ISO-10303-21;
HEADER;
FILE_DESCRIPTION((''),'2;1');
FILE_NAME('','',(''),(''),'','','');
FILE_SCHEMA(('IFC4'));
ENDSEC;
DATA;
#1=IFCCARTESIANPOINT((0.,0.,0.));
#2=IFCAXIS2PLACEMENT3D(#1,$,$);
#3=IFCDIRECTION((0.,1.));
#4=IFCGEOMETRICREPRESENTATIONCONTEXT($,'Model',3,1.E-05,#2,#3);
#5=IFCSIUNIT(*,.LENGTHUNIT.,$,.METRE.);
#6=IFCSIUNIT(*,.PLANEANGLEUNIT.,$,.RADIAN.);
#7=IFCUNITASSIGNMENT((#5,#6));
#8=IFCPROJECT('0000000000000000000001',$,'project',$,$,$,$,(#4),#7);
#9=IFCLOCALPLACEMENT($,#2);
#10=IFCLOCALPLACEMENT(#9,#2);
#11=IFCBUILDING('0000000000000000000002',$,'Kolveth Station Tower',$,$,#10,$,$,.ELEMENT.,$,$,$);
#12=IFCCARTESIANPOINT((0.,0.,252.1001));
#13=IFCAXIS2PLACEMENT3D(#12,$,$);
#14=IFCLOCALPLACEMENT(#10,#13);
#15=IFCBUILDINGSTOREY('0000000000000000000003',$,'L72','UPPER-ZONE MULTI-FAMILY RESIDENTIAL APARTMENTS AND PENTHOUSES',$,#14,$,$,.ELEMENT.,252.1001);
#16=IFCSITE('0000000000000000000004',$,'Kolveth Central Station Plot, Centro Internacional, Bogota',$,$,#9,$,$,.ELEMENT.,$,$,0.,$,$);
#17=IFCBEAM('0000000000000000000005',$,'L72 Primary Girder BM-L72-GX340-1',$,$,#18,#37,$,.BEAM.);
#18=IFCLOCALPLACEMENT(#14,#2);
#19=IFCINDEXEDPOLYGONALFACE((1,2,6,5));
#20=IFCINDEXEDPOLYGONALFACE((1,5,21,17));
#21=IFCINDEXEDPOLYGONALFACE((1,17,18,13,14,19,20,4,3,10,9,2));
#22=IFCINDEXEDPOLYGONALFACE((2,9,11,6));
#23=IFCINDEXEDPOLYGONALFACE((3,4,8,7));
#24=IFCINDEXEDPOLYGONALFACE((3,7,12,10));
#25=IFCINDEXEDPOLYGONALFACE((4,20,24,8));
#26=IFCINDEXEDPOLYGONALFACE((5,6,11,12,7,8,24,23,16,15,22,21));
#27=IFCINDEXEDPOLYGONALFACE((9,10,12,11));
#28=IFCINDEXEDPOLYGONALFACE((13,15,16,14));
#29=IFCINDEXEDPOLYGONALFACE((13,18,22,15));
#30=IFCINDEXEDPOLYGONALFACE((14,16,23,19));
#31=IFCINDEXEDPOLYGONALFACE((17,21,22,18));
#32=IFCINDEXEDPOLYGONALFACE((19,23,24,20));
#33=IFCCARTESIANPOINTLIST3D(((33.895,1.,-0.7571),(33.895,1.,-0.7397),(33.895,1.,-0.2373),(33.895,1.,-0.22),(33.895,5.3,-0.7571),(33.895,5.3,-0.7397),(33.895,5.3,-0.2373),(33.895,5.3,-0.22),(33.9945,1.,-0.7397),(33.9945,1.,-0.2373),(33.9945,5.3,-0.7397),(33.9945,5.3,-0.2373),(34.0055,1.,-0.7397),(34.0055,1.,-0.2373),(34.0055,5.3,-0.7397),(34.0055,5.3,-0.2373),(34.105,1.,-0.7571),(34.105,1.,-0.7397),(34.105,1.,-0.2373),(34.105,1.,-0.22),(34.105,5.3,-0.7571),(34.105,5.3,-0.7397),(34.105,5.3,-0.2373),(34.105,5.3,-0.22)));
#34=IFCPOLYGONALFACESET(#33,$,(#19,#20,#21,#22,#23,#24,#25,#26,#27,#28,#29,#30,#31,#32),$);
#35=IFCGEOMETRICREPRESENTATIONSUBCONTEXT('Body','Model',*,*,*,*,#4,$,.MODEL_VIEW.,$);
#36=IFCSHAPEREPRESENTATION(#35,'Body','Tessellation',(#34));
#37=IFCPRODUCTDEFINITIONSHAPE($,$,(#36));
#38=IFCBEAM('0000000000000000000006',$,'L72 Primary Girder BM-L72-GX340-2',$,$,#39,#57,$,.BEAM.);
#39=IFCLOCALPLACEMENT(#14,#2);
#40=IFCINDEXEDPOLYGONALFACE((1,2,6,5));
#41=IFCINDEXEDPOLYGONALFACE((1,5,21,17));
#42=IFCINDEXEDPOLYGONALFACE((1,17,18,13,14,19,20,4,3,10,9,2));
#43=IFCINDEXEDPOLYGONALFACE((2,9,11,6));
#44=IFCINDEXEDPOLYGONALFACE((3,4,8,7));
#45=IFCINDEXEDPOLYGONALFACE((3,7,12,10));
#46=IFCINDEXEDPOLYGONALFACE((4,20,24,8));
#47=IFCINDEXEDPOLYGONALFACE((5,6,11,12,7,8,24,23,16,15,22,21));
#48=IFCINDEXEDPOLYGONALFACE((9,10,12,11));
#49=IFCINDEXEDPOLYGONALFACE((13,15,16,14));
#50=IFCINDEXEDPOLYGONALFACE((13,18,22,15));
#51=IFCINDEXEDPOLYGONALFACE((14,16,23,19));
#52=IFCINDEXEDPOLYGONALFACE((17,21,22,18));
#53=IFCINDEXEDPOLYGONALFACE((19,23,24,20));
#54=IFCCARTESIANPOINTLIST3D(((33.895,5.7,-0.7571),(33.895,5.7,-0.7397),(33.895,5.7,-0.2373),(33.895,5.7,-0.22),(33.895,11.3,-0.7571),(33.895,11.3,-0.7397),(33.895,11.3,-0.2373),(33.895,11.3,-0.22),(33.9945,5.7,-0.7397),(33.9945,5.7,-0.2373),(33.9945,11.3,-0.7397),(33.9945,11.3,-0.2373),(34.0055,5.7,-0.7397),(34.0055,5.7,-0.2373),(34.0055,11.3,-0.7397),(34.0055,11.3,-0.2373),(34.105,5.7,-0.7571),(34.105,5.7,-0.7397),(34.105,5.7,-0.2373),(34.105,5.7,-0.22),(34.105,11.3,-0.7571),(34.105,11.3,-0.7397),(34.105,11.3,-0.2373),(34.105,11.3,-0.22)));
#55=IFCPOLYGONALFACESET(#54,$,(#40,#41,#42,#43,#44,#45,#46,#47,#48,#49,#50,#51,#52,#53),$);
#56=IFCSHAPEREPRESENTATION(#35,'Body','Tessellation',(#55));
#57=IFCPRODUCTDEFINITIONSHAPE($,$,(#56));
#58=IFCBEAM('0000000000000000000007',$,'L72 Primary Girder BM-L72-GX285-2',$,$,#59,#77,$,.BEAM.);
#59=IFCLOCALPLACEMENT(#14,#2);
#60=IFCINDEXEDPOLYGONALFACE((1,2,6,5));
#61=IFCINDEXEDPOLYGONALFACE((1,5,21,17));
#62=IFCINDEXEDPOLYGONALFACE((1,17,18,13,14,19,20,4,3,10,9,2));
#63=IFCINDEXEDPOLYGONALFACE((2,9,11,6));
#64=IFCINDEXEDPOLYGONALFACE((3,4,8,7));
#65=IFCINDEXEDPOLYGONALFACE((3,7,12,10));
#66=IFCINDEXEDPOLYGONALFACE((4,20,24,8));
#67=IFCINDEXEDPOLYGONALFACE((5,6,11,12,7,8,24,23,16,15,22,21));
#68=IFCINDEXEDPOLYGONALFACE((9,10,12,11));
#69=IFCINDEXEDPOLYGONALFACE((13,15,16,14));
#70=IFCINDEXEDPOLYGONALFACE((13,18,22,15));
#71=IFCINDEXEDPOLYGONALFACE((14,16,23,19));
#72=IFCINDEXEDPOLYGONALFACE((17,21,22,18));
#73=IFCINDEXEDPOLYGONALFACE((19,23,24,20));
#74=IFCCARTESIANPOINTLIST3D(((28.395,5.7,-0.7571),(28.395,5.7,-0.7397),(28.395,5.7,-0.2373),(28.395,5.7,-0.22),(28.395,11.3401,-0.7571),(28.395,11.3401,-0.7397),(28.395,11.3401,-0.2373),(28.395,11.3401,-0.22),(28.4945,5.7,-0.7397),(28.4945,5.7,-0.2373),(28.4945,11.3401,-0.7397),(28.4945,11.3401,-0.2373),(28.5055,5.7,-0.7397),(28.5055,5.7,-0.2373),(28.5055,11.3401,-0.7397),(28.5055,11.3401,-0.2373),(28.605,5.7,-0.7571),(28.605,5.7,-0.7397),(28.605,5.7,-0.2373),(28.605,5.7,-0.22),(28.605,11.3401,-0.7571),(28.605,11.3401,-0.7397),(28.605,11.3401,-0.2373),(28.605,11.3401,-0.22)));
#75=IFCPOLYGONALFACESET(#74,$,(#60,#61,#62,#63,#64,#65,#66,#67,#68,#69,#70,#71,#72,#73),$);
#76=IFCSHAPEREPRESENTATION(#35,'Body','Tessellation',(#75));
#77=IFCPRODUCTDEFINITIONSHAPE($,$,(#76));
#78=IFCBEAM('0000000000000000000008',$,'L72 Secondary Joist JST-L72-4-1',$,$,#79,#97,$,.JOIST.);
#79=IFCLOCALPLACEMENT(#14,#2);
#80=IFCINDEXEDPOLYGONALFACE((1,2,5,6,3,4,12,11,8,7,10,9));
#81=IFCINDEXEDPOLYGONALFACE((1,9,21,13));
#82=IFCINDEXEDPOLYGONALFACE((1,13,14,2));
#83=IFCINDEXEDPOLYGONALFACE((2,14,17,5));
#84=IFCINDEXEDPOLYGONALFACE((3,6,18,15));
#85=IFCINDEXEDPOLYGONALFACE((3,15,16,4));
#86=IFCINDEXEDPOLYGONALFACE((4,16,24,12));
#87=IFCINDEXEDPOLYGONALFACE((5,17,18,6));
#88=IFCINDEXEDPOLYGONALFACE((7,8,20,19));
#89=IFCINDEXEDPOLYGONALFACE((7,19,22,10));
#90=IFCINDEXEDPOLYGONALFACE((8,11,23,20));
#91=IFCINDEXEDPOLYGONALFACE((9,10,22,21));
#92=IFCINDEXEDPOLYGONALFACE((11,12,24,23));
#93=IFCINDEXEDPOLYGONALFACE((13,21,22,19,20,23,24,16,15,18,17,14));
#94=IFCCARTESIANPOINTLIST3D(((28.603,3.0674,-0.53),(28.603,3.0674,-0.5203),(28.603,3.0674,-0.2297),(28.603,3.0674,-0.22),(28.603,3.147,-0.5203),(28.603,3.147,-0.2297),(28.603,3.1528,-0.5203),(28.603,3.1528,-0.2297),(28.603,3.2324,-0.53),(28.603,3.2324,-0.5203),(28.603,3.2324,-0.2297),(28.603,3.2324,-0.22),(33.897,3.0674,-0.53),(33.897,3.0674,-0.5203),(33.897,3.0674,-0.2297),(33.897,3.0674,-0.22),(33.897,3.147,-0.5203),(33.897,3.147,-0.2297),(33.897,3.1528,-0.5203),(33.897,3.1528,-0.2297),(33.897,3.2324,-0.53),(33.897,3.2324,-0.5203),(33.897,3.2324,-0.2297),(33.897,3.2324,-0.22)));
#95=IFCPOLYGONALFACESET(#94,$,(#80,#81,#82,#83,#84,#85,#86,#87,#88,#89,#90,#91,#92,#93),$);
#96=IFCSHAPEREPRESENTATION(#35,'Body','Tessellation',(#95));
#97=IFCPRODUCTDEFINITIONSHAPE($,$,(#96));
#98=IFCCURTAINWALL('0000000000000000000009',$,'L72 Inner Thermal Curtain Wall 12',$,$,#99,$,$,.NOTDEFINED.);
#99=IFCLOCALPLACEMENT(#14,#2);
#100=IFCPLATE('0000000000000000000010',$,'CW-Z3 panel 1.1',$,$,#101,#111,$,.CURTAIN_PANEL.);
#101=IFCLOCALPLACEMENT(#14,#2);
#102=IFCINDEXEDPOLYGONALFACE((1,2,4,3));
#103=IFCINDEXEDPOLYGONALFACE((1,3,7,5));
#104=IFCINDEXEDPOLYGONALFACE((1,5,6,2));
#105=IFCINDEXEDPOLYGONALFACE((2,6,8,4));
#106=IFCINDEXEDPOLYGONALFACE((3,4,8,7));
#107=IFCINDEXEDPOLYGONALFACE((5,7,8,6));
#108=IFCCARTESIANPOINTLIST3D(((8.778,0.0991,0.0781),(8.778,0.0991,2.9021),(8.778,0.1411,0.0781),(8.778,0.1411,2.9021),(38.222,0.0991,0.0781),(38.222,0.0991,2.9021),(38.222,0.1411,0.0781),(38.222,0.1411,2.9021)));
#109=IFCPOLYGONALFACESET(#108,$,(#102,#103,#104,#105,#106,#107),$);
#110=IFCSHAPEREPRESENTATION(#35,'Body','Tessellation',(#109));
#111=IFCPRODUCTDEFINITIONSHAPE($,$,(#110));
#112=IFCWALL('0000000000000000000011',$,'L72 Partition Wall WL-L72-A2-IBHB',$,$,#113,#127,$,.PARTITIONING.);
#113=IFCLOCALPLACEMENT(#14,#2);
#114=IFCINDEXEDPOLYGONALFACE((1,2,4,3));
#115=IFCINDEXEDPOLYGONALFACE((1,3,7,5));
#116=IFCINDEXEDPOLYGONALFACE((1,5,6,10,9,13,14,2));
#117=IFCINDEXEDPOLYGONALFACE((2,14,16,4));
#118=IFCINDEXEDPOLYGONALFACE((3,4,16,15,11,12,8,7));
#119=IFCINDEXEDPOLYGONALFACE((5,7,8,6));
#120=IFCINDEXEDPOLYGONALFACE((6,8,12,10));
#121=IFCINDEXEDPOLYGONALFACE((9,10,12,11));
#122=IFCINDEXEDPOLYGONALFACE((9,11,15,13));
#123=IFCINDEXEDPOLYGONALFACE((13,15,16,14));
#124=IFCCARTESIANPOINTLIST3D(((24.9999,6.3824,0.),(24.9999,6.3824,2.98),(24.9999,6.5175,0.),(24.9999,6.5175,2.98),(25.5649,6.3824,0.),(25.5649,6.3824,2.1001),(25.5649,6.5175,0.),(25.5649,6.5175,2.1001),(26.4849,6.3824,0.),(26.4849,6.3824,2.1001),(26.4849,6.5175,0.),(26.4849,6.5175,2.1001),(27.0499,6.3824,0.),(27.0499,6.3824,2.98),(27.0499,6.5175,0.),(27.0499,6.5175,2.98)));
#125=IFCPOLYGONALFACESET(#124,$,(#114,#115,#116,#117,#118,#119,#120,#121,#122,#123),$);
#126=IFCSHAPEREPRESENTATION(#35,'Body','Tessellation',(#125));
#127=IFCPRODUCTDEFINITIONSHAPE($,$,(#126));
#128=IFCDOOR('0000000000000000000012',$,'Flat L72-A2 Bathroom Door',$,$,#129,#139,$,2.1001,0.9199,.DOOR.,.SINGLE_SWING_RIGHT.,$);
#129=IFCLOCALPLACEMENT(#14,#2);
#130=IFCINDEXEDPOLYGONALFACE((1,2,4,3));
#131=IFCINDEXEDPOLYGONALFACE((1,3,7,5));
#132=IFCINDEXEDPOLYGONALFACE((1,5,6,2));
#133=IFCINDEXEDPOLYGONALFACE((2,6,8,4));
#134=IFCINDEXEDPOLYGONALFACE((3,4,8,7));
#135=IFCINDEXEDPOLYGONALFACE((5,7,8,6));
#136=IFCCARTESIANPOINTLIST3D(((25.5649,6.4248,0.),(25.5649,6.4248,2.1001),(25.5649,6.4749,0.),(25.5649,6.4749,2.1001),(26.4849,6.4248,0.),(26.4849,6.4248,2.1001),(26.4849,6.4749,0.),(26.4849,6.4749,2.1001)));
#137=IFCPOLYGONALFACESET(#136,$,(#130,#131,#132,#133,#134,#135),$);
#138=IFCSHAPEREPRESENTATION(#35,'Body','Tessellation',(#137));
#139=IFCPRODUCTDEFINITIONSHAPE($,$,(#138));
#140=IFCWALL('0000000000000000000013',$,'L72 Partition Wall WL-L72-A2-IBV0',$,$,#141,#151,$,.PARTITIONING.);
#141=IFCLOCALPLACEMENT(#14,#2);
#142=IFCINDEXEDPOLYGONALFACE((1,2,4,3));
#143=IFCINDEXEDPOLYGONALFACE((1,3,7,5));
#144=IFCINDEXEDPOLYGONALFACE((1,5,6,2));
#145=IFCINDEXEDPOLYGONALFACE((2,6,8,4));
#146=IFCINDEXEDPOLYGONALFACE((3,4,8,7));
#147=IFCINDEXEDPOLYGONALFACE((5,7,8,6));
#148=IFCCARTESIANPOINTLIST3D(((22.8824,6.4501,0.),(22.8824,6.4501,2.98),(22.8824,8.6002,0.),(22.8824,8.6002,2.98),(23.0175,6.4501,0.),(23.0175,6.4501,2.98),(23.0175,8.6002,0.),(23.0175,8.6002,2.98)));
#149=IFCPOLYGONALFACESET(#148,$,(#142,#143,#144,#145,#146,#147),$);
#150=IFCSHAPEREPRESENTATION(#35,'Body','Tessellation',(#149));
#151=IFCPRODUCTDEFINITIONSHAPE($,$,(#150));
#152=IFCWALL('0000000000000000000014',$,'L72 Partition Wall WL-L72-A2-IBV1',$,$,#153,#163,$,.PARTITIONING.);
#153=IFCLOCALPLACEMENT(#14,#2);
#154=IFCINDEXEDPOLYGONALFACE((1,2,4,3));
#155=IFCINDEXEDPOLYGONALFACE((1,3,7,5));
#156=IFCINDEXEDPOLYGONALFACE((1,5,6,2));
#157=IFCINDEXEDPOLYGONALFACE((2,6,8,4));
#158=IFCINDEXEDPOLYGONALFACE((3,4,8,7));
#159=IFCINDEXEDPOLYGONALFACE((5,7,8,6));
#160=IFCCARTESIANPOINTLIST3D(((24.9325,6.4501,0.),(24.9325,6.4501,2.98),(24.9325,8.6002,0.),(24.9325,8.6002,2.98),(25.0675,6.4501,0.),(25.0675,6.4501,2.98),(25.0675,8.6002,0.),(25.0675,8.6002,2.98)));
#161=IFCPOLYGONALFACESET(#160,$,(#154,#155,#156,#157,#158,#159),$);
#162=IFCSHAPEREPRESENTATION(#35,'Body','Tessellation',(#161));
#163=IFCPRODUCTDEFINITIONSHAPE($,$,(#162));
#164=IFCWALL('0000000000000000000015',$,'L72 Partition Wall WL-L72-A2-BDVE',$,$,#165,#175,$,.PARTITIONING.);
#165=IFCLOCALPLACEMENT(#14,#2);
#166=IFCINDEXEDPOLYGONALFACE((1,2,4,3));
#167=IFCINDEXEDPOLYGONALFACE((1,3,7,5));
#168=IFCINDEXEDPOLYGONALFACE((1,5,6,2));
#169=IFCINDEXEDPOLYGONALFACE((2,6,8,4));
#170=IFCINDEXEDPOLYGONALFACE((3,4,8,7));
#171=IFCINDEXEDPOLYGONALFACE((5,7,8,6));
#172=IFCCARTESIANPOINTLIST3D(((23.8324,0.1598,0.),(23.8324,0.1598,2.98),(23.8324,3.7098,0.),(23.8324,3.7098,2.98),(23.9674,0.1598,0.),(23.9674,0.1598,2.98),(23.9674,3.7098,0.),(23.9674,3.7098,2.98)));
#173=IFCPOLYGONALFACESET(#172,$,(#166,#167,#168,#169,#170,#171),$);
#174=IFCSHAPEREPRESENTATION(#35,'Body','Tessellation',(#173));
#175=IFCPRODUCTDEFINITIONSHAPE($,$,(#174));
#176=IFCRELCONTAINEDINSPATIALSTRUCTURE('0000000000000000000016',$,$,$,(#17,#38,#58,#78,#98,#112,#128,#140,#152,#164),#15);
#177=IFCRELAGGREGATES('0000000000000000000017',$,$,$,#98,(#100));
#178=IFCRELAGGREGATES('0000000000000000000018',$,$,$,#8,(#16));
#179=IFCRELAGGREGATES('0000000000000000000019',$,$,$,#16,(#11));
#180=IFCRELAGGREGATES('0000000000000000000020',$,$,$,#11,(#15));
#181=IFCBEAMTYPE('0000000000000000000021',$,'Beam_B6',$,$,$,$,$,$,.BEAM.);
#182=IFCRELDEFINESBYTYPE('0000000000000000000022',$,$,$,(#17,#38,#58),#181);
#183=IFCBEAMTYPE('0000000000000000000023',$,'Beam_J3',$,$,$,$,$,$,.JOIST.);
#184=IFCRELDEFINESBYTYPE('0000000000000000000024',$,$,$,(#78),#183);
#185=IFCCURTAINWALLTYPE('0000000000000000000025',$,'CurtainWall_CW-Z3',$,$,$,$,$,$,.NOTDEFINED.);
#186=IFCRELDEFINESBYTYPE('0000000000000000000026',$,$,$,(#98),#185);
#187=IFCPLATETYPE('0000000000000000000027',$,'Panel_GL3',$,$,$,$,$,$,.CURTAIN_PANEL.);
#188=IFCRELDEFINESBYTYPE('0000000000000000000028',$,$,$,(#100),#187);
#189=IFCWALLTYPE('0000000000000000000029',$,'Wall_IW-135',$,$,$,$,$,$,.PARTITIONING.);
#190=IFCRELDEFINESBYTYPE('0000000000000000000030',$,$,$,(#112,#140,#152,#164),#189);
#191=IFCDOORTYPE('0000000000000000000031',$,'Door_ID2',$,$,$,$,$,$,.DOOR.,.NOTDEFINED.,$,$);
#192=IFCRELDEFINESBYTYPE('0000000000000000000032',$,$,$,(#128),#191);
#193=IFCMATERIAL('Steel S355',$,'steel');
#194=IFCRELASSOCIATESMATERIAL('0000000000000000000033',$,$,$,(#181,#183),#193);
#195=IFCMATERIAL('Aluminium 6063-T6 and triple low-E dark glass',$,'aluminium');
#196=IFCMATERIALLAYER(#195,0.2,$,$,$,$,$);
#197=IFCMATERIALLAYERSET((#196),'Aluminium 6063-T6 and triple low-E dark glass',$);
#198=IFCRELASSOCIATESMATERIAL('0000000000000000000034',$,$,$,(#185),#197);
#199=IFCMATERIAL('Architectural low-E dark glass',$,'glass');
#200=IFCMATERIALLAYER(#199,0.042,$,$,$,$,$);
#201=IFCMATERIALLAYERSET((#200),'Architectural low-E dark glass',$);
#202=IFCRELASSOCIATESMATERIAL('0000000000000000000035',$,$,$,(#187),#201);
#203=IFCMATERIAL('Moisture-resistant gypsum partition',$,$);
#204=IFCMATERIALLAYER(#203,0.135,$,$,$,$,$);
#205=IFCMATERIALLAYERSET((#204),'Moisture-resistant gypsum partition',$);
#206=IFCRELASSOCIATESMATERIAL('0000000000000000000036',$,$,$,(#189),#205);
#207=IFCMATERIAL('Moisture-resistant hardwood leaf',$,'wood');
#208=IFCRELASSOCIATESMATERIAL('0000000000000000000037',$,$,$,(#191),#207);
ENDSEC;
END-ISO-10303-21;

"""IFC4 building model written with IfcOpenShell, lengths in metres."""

from ifc_helpers import new_model, si_unit, direction, frame, frame_2d, origin, origin_2d, place, context, subcontext, project, spatial, rectangle, i_section, extrude, source, transform, mapped, material, layer, layer_set, material_profile, profile_set, type_object, element, fill, aggregate, save


model = new_model("IFC4")

# Units and contexts
model_context = context("Model", 3, precision=1e-05, world=origin(), true_north=direction((0.0, 1.0)))
body_context = subcontext(model_context, "Body", "Model", "MODEL_VIEW")
ifc_project = project(units=[si_unit("LENGTHUNIT", "METRE"), si_unit("PLANEANGLEUNIT", "RADIAN")], contexts=[model_context])

# Site, building, storey
site_placement = place(None, origin())
site = spatial("IfcSite", under=ifc_project, at=site_placement, Name="Kolveth Central Station Plot, Centro Internacional, Bogota", CompositionType="ELEMENT", RefElevation=0.0)
building_placement = place(site_placement, origin())
building = spatial("IfcBuilding", under=site, at=building_placement, Name="Kolveth Station Tower", CompositionType="ELEMENT")
storey_placement = place(building_placement, frame((0.0, 0.0, 252.1001)))
storey = spatial("IfcBuildingStorey", under=building, at=storey_placement, Name="L72", Description="UPPER-ZONE MULTI-FAMILY RESIDENTIAL APARTMENTS AND PENTHOUSES", CompositionType="ELEMENT", Elevation=252.1001)

# Shared definitions
ifc_material_1 = material(Name="Steel S355", Category="steel")

# Beams
ifc_material_profile_1 = material_profile(ifc_material_1, i_section(OverallWidth=0.21, OverallDepth=0.5371, WebThickness=0.011, FlangeThickness=0.0173, at=origin_2d()), Name="W530x101")
ifc_profile_set_1 = profile_set([ifc_material_profile_1], Name="Steel S355")
beam_type_1 = type_object("IfcBeamType", Name="Beam_B6", PredefinedType="BEAM", material=ifc_profile_set_1)
shared_shape_1 = source(origin(), body_context, "Body", "SweptSolid", [
    extrude(i_section(OverallWidth=0.21, OverallDepth=0.5371, WebThickness=0.011, FlangeThickness=0.0173, at=origin_2d()), origin(), (0.0, 0.0, 1.0), 4.3),
])
for number, where, z_axis, x_axis, name in (
    (1, (34.0, 1.0, -0.4885), (0.0, 1.0, 0.0), (-1.0, 0.0, 0.0), "L72 Primary Girder BM-L72-GX340-1"),
):
    element("IfcBeam", number, at=place(storey_placement, frame(where, z_axis=z_axis, x_axis=x_axis)), inside=storey, type_object=beam_type_1, Name=name, PredefinedType="BEAM", context=body_context, shape_type="MappedRepresentation", body=[
        mapped(shared_shape_1, transform((0.0, 0.0, 0.0), x_axis=(1.0, 0.0, 0.0), y_axis=(0.0, 1.0, 0.0), z_axis=(0.0, 0.0, 1.0), scale=1.0)),
    ])
shared_shape_2 = source(origin(), body_context, "Body", "SweptSolid", [
    extrude(i_section(OverallWidth=0.21, OverallDepth=0.5371, WebThickness=0.011, FlangeThickness=0.0173, at=origin_2d()), origin(), (0.0, 0.0, 1.0), 5.6001),
])
beam_1_placement = place(storey_placement, frame((34.0, 5.7, -0.4885), z_axis=(0.0, 1.0, 0.0), x_axis=(-1.0, 0.0, 0.0)))
element("IfcBeam", 2, at=beam_1_placement, inside=storey, type_object=beam_type_1, Name="L72 Primary Girder BM-L72-GX340-2", PredefinedType="BEAM", context=body_context, shape_type="MappedRepresentation", body=[
    mapped(shared_shape_2, transform((0.0, 0.0, 0.0), x_axis=(1.0, 0.0, 0.0), y_axis=(0.0, 1.0, 0.0), z_axis=(0.0, 0.0, 1.0), scale=1.0)),
])
shared_shape_3 = source(origin(), body_context, "Body", "SweptSolid", [
    extrude(i_section(OverallWidth=0.21, OverallDepth=0.5371, WebThickness=0.011, FlangeThickness=0.0173, at=origin_2d()), origin(), (0.0, 0.0, 1.0), 5.6401),
])
beam_2_placement = place(storey_placement, frame((28.5, 5.7, -0.4885), z_axis=(0.0, 1.0, 0.0), x_axis=(-1.0, 0.0, 0.0)))
element("IfcBeam", 3, at=beam_2_placement, inside=storey, type_object=beam_type_1, Name="L72 Primary Girder BM-L72-GX285-2", PredefinedType="BEAM", context=body_context, shape_type="MappedRepresentation", body=[
    mapped(shared_shape_3, transform((0.0, 0.0, 0.0), x_axis=(1.0, 0.0, 0.0), y_axis=(0.0, 1.0, 0.0), z_axis=(0.0, 0.0, 1.0), scale=1.0)),
])
ifc_material_profile_2 = material_profile(ifc_material_1, i_section(OverallWidth=0.165, OverallDepth=0.3101, WebThickness=0.0059, FlangeThickness=0.0098, at=origin_2d()), Name="W310x39")
ifc_profile_set_2 = profile_set([ifc_material_profile_2], Name="Steel S355")
beam_type_2 = type_object("IfcBeamType", Name="Beam_J3", PredefinedType="JOIST", material=ifc_profile_set_2)
shared_shape_4 = source(origin(), body_context, "Body", "SweptSolid", [
    extrude(i_section(OverallWidth=0.165, OverallDepth=0.3101, WebThickness=0.0059, FlangeThickness=0.0098, at=origin_2d()), origin(), (0.0, 0.0, 1.0), 5.2939),
])
beam_3_placement = place(storey_placement, frame((28.603, 3.1499, -0.375), z_axis=(1.0, 0.0, 0.0), x_axis=(0.0, 1.0, 0.0)))
element("IfcBeam", 4, at=beam_3_placement, inside=storey, type_object=beam_type_2, Name="L72 Secondary Joist JST-L72-4-1", PredefinedType="JOIST", context=body_context, shape_type="MappedRepresentation", body=[
    mapped(shared_shape_4, transform((0.0, 0.0, 0.0), x_axis=(1.0, 0.0, 0.0), y_axis=(0.0, 1.0, 0.0), z_axis=(0.0, 0.0, 1.0), scale=1.0)),
])

# Curtain wall, plate
ifc_material_2 = material(Name="Aluminium 6063-T6 and triple low-E dark glass", Category="aluminium")
ifc_layer_1 = layer(ifc_material_2, 0.2)
ifc_layer_set_1 = layer_set([ifc_layer_1], Name="Aluminium 6063-T6 and triple low-E dark glass")
curtain_wall_type = type_object("IfcCurtainWallType", Name="CurtainWall_CW-Z3", PredefinedType="NOTDEFINED", material=ifc_layer_set_1)
curtain_wall_placement = place(storey_placement, origin())
curtain_wall = element("IfcCurtainWall", 5, at=curtain_wall_placement, inside=storey, type_object=curtain_wall_type, Name="L72 Inner Thermal Curtain Wall 12", PredefinedType="NOTDEFINED")
ifc_material_3 = material(Name="Architectural low-E dark glass", Category="glass")
ifc_layer_2 = layer(ifc_material_3, 0.042)
ifc_layer_set_2 = layer_set([ifc_layer_2], Name="Architectural low-E dark glass")
plate_type = type_object("IfcPlateType", Name="Panel_GL3", PredefinedType="CURTAIN_PANEL", material=ifc_layer_set_2)
shared_shape_5 = source(origin(), body_context, "Body", "SweptSolid", [
    extrude(rectangle(XDim=29.4441, YDim=0.042, at=origin_2d()), origin(), (0.0, 0.0, 1.0), 2.824),
])
plate_placement = place(storey_placement, frame((23.5, 0.1201, 0.0781), z_axis=(0.0, 0.0, 1.0), x_axis=(1.0, 0.0, 0.0)))
plate = element("IfcPlate", 6, at=plate_placement, type_object=plate_type, Name="CW-Z3 panel 1.1", PredefinedType="CURTAIN_PANEL", context=body_context, shape_type="MappedRepresentation", body=[
    mapped(shared_shape_5, transform((0.0, 0.0, 0.0), x_axis=(1.0, 0.0, 0.0), y_axis=(0.0, 1.0, 0.0), z_axis=(0.0, 0.0, 1.0), scale=1.0)),
])
aggregate(curtain_wall, [plate])

# Wall, opening, door
ifc_material_4 = material(Name="Moisture-resistant gypsum partition")
ifc_layer_3 = layer(ifc_material_4, 0.135)
ifc_layer_set_3 = layer_set([ifc_layer_3], Name="Moisture-resistant gypsum partition")
wall_type_1 = type_object("IfcWallType", Name="Wall_IW-135", PredefinedType="PARTITIONING", material=ifc_layer_set_3)
wall_1_placement = place(storey_placement, frame((25.0, 6.45, 0.0), z_axis=(0.0, 0.0, 1.0), x_axis=(1.0, 0.0, 0.0)))
wall_1 = element("IfcWall", 7, at=wall_1_placement, inside=storey, type_object=wall_type_1, Name="L72 Partition Wall WL-L72-A2-IBHB", PredefinedType="PARTITIONING", context=body_context, shape_type="SweptSolid", body=[
    extrude(rectangle(XDim=2.05, YDim=0.135, at=frame_2d((1.0249, 0.0))), origin(), (0.0, 0.0, 1.0), 2.98),
])
opening_1_placement = place(wall_1_placement, frame((0.5649, 0.0, 0.0)))
opening_1 = element("IfcOpeningElement", 8, at=opening_1_placement, cuts=wall_1, PredefinedType="OPENING", context=body_context, shape_type="SweptSolid", body=[
    extrude(rectangle(XDim=0.9199, YDim=2.1001, at=frame_2d((0.46, 1.05))), frame((0.0, 0.0774, 0.0), z_axis=(0.0, -1.0, 0.0), x_axis=(1.0, 0.0, 0.0)), (0.0, 0.0, 1.0), 0.155),
])
ifc_material_5 = material(Name="Moisture-resistant hardwood leaf", Category="wood")
door_type_1 = type_object("IfcDoorType", Name="Door_ID2", OperationType="NOTDEFINED", PredefinedType="DOOR", material=ifc_material_5)
door_1_placement = place(opening_1_placement, origin())
door_1 = element("IfcDoor", 9, at=door_1_placement, inside=storey, type_object=door_type_1, Name="Flat L72-A2 Bathroom Door", OperationType="SINGLE_SWING_RIGHT", OverallHeight=2.1001, OverallWidth=0.9199, PredefinedType="DOOR", context=body_context, shape_type="SweptSolid", body=[
    extrude(rectangle(XDim=0.9199, YDim=2.1001, at=frame_2d((0.46, 1.05))), frame((0.0, 0.0249, 0.0), z_axis=(0.0, -1.0, 0.0), x_axis=(1.0, 0.0, 0.0)), (0.0, 0.0, 1.0), 0.05),
])
fill(opening_1, door_1)

# Walls
for number, where, z_axis, x_axis, name in (
    (10, (22.95, 6.45, 0.0), (0.0, 0.0, 1.0), (0.0, 1.0, 0.0), "L72 Partition Wall WL-L72-A2-IBV0"),
    (11, (25.0, 6.45, 0.0), (0.0, 0.0, 1.0), (0.0, 1.0, 0.0), "L72 Partition Wall WL-L72-A2-IBV1"),
):
    element("IfcWall", number, at=place(storey_placement, frame(where, z_axis=z_axis, x_axis=x_axis)), inside=storey, type_object=wall_type_1, Name=name, PredefinedType="PARTITIONING", context=body_context, shape_type="SweptSolid", body=[
        extrude(rectangle(XDim=2.1501, YDim=0.135, at=frame_2d((1.0752, 0.0))), origin(), (0.0, 0.0, 1.0), 2.98),
    ])
for number, where, z_axis, x_axis, name in (
    (12, (23.8999, 0.1599, 0.0), (0.0, 0.0, 1.0), (0.0, 1.0, 0.0), "L72 Partition Wall WL-L72-A2-BDVE"),
):
    element("IfcWall", number, at=place(storey_placement, frame(where, z_axis=z_axis, x_axis=x_axis)), inside=storey, type_object=wall_type_1, Name=name, PredefinedType="PARTITIONING", context=body_context, shape_type="SweptSolid", body=[
        extrude(rectangle(XDim=3.55, YDim=0.135, at=frame_2d((1.7749, 0.0))), origin(), (0.0, 0.0, 1.0), 2.98),
    ])

save(model, "model.ifc")
